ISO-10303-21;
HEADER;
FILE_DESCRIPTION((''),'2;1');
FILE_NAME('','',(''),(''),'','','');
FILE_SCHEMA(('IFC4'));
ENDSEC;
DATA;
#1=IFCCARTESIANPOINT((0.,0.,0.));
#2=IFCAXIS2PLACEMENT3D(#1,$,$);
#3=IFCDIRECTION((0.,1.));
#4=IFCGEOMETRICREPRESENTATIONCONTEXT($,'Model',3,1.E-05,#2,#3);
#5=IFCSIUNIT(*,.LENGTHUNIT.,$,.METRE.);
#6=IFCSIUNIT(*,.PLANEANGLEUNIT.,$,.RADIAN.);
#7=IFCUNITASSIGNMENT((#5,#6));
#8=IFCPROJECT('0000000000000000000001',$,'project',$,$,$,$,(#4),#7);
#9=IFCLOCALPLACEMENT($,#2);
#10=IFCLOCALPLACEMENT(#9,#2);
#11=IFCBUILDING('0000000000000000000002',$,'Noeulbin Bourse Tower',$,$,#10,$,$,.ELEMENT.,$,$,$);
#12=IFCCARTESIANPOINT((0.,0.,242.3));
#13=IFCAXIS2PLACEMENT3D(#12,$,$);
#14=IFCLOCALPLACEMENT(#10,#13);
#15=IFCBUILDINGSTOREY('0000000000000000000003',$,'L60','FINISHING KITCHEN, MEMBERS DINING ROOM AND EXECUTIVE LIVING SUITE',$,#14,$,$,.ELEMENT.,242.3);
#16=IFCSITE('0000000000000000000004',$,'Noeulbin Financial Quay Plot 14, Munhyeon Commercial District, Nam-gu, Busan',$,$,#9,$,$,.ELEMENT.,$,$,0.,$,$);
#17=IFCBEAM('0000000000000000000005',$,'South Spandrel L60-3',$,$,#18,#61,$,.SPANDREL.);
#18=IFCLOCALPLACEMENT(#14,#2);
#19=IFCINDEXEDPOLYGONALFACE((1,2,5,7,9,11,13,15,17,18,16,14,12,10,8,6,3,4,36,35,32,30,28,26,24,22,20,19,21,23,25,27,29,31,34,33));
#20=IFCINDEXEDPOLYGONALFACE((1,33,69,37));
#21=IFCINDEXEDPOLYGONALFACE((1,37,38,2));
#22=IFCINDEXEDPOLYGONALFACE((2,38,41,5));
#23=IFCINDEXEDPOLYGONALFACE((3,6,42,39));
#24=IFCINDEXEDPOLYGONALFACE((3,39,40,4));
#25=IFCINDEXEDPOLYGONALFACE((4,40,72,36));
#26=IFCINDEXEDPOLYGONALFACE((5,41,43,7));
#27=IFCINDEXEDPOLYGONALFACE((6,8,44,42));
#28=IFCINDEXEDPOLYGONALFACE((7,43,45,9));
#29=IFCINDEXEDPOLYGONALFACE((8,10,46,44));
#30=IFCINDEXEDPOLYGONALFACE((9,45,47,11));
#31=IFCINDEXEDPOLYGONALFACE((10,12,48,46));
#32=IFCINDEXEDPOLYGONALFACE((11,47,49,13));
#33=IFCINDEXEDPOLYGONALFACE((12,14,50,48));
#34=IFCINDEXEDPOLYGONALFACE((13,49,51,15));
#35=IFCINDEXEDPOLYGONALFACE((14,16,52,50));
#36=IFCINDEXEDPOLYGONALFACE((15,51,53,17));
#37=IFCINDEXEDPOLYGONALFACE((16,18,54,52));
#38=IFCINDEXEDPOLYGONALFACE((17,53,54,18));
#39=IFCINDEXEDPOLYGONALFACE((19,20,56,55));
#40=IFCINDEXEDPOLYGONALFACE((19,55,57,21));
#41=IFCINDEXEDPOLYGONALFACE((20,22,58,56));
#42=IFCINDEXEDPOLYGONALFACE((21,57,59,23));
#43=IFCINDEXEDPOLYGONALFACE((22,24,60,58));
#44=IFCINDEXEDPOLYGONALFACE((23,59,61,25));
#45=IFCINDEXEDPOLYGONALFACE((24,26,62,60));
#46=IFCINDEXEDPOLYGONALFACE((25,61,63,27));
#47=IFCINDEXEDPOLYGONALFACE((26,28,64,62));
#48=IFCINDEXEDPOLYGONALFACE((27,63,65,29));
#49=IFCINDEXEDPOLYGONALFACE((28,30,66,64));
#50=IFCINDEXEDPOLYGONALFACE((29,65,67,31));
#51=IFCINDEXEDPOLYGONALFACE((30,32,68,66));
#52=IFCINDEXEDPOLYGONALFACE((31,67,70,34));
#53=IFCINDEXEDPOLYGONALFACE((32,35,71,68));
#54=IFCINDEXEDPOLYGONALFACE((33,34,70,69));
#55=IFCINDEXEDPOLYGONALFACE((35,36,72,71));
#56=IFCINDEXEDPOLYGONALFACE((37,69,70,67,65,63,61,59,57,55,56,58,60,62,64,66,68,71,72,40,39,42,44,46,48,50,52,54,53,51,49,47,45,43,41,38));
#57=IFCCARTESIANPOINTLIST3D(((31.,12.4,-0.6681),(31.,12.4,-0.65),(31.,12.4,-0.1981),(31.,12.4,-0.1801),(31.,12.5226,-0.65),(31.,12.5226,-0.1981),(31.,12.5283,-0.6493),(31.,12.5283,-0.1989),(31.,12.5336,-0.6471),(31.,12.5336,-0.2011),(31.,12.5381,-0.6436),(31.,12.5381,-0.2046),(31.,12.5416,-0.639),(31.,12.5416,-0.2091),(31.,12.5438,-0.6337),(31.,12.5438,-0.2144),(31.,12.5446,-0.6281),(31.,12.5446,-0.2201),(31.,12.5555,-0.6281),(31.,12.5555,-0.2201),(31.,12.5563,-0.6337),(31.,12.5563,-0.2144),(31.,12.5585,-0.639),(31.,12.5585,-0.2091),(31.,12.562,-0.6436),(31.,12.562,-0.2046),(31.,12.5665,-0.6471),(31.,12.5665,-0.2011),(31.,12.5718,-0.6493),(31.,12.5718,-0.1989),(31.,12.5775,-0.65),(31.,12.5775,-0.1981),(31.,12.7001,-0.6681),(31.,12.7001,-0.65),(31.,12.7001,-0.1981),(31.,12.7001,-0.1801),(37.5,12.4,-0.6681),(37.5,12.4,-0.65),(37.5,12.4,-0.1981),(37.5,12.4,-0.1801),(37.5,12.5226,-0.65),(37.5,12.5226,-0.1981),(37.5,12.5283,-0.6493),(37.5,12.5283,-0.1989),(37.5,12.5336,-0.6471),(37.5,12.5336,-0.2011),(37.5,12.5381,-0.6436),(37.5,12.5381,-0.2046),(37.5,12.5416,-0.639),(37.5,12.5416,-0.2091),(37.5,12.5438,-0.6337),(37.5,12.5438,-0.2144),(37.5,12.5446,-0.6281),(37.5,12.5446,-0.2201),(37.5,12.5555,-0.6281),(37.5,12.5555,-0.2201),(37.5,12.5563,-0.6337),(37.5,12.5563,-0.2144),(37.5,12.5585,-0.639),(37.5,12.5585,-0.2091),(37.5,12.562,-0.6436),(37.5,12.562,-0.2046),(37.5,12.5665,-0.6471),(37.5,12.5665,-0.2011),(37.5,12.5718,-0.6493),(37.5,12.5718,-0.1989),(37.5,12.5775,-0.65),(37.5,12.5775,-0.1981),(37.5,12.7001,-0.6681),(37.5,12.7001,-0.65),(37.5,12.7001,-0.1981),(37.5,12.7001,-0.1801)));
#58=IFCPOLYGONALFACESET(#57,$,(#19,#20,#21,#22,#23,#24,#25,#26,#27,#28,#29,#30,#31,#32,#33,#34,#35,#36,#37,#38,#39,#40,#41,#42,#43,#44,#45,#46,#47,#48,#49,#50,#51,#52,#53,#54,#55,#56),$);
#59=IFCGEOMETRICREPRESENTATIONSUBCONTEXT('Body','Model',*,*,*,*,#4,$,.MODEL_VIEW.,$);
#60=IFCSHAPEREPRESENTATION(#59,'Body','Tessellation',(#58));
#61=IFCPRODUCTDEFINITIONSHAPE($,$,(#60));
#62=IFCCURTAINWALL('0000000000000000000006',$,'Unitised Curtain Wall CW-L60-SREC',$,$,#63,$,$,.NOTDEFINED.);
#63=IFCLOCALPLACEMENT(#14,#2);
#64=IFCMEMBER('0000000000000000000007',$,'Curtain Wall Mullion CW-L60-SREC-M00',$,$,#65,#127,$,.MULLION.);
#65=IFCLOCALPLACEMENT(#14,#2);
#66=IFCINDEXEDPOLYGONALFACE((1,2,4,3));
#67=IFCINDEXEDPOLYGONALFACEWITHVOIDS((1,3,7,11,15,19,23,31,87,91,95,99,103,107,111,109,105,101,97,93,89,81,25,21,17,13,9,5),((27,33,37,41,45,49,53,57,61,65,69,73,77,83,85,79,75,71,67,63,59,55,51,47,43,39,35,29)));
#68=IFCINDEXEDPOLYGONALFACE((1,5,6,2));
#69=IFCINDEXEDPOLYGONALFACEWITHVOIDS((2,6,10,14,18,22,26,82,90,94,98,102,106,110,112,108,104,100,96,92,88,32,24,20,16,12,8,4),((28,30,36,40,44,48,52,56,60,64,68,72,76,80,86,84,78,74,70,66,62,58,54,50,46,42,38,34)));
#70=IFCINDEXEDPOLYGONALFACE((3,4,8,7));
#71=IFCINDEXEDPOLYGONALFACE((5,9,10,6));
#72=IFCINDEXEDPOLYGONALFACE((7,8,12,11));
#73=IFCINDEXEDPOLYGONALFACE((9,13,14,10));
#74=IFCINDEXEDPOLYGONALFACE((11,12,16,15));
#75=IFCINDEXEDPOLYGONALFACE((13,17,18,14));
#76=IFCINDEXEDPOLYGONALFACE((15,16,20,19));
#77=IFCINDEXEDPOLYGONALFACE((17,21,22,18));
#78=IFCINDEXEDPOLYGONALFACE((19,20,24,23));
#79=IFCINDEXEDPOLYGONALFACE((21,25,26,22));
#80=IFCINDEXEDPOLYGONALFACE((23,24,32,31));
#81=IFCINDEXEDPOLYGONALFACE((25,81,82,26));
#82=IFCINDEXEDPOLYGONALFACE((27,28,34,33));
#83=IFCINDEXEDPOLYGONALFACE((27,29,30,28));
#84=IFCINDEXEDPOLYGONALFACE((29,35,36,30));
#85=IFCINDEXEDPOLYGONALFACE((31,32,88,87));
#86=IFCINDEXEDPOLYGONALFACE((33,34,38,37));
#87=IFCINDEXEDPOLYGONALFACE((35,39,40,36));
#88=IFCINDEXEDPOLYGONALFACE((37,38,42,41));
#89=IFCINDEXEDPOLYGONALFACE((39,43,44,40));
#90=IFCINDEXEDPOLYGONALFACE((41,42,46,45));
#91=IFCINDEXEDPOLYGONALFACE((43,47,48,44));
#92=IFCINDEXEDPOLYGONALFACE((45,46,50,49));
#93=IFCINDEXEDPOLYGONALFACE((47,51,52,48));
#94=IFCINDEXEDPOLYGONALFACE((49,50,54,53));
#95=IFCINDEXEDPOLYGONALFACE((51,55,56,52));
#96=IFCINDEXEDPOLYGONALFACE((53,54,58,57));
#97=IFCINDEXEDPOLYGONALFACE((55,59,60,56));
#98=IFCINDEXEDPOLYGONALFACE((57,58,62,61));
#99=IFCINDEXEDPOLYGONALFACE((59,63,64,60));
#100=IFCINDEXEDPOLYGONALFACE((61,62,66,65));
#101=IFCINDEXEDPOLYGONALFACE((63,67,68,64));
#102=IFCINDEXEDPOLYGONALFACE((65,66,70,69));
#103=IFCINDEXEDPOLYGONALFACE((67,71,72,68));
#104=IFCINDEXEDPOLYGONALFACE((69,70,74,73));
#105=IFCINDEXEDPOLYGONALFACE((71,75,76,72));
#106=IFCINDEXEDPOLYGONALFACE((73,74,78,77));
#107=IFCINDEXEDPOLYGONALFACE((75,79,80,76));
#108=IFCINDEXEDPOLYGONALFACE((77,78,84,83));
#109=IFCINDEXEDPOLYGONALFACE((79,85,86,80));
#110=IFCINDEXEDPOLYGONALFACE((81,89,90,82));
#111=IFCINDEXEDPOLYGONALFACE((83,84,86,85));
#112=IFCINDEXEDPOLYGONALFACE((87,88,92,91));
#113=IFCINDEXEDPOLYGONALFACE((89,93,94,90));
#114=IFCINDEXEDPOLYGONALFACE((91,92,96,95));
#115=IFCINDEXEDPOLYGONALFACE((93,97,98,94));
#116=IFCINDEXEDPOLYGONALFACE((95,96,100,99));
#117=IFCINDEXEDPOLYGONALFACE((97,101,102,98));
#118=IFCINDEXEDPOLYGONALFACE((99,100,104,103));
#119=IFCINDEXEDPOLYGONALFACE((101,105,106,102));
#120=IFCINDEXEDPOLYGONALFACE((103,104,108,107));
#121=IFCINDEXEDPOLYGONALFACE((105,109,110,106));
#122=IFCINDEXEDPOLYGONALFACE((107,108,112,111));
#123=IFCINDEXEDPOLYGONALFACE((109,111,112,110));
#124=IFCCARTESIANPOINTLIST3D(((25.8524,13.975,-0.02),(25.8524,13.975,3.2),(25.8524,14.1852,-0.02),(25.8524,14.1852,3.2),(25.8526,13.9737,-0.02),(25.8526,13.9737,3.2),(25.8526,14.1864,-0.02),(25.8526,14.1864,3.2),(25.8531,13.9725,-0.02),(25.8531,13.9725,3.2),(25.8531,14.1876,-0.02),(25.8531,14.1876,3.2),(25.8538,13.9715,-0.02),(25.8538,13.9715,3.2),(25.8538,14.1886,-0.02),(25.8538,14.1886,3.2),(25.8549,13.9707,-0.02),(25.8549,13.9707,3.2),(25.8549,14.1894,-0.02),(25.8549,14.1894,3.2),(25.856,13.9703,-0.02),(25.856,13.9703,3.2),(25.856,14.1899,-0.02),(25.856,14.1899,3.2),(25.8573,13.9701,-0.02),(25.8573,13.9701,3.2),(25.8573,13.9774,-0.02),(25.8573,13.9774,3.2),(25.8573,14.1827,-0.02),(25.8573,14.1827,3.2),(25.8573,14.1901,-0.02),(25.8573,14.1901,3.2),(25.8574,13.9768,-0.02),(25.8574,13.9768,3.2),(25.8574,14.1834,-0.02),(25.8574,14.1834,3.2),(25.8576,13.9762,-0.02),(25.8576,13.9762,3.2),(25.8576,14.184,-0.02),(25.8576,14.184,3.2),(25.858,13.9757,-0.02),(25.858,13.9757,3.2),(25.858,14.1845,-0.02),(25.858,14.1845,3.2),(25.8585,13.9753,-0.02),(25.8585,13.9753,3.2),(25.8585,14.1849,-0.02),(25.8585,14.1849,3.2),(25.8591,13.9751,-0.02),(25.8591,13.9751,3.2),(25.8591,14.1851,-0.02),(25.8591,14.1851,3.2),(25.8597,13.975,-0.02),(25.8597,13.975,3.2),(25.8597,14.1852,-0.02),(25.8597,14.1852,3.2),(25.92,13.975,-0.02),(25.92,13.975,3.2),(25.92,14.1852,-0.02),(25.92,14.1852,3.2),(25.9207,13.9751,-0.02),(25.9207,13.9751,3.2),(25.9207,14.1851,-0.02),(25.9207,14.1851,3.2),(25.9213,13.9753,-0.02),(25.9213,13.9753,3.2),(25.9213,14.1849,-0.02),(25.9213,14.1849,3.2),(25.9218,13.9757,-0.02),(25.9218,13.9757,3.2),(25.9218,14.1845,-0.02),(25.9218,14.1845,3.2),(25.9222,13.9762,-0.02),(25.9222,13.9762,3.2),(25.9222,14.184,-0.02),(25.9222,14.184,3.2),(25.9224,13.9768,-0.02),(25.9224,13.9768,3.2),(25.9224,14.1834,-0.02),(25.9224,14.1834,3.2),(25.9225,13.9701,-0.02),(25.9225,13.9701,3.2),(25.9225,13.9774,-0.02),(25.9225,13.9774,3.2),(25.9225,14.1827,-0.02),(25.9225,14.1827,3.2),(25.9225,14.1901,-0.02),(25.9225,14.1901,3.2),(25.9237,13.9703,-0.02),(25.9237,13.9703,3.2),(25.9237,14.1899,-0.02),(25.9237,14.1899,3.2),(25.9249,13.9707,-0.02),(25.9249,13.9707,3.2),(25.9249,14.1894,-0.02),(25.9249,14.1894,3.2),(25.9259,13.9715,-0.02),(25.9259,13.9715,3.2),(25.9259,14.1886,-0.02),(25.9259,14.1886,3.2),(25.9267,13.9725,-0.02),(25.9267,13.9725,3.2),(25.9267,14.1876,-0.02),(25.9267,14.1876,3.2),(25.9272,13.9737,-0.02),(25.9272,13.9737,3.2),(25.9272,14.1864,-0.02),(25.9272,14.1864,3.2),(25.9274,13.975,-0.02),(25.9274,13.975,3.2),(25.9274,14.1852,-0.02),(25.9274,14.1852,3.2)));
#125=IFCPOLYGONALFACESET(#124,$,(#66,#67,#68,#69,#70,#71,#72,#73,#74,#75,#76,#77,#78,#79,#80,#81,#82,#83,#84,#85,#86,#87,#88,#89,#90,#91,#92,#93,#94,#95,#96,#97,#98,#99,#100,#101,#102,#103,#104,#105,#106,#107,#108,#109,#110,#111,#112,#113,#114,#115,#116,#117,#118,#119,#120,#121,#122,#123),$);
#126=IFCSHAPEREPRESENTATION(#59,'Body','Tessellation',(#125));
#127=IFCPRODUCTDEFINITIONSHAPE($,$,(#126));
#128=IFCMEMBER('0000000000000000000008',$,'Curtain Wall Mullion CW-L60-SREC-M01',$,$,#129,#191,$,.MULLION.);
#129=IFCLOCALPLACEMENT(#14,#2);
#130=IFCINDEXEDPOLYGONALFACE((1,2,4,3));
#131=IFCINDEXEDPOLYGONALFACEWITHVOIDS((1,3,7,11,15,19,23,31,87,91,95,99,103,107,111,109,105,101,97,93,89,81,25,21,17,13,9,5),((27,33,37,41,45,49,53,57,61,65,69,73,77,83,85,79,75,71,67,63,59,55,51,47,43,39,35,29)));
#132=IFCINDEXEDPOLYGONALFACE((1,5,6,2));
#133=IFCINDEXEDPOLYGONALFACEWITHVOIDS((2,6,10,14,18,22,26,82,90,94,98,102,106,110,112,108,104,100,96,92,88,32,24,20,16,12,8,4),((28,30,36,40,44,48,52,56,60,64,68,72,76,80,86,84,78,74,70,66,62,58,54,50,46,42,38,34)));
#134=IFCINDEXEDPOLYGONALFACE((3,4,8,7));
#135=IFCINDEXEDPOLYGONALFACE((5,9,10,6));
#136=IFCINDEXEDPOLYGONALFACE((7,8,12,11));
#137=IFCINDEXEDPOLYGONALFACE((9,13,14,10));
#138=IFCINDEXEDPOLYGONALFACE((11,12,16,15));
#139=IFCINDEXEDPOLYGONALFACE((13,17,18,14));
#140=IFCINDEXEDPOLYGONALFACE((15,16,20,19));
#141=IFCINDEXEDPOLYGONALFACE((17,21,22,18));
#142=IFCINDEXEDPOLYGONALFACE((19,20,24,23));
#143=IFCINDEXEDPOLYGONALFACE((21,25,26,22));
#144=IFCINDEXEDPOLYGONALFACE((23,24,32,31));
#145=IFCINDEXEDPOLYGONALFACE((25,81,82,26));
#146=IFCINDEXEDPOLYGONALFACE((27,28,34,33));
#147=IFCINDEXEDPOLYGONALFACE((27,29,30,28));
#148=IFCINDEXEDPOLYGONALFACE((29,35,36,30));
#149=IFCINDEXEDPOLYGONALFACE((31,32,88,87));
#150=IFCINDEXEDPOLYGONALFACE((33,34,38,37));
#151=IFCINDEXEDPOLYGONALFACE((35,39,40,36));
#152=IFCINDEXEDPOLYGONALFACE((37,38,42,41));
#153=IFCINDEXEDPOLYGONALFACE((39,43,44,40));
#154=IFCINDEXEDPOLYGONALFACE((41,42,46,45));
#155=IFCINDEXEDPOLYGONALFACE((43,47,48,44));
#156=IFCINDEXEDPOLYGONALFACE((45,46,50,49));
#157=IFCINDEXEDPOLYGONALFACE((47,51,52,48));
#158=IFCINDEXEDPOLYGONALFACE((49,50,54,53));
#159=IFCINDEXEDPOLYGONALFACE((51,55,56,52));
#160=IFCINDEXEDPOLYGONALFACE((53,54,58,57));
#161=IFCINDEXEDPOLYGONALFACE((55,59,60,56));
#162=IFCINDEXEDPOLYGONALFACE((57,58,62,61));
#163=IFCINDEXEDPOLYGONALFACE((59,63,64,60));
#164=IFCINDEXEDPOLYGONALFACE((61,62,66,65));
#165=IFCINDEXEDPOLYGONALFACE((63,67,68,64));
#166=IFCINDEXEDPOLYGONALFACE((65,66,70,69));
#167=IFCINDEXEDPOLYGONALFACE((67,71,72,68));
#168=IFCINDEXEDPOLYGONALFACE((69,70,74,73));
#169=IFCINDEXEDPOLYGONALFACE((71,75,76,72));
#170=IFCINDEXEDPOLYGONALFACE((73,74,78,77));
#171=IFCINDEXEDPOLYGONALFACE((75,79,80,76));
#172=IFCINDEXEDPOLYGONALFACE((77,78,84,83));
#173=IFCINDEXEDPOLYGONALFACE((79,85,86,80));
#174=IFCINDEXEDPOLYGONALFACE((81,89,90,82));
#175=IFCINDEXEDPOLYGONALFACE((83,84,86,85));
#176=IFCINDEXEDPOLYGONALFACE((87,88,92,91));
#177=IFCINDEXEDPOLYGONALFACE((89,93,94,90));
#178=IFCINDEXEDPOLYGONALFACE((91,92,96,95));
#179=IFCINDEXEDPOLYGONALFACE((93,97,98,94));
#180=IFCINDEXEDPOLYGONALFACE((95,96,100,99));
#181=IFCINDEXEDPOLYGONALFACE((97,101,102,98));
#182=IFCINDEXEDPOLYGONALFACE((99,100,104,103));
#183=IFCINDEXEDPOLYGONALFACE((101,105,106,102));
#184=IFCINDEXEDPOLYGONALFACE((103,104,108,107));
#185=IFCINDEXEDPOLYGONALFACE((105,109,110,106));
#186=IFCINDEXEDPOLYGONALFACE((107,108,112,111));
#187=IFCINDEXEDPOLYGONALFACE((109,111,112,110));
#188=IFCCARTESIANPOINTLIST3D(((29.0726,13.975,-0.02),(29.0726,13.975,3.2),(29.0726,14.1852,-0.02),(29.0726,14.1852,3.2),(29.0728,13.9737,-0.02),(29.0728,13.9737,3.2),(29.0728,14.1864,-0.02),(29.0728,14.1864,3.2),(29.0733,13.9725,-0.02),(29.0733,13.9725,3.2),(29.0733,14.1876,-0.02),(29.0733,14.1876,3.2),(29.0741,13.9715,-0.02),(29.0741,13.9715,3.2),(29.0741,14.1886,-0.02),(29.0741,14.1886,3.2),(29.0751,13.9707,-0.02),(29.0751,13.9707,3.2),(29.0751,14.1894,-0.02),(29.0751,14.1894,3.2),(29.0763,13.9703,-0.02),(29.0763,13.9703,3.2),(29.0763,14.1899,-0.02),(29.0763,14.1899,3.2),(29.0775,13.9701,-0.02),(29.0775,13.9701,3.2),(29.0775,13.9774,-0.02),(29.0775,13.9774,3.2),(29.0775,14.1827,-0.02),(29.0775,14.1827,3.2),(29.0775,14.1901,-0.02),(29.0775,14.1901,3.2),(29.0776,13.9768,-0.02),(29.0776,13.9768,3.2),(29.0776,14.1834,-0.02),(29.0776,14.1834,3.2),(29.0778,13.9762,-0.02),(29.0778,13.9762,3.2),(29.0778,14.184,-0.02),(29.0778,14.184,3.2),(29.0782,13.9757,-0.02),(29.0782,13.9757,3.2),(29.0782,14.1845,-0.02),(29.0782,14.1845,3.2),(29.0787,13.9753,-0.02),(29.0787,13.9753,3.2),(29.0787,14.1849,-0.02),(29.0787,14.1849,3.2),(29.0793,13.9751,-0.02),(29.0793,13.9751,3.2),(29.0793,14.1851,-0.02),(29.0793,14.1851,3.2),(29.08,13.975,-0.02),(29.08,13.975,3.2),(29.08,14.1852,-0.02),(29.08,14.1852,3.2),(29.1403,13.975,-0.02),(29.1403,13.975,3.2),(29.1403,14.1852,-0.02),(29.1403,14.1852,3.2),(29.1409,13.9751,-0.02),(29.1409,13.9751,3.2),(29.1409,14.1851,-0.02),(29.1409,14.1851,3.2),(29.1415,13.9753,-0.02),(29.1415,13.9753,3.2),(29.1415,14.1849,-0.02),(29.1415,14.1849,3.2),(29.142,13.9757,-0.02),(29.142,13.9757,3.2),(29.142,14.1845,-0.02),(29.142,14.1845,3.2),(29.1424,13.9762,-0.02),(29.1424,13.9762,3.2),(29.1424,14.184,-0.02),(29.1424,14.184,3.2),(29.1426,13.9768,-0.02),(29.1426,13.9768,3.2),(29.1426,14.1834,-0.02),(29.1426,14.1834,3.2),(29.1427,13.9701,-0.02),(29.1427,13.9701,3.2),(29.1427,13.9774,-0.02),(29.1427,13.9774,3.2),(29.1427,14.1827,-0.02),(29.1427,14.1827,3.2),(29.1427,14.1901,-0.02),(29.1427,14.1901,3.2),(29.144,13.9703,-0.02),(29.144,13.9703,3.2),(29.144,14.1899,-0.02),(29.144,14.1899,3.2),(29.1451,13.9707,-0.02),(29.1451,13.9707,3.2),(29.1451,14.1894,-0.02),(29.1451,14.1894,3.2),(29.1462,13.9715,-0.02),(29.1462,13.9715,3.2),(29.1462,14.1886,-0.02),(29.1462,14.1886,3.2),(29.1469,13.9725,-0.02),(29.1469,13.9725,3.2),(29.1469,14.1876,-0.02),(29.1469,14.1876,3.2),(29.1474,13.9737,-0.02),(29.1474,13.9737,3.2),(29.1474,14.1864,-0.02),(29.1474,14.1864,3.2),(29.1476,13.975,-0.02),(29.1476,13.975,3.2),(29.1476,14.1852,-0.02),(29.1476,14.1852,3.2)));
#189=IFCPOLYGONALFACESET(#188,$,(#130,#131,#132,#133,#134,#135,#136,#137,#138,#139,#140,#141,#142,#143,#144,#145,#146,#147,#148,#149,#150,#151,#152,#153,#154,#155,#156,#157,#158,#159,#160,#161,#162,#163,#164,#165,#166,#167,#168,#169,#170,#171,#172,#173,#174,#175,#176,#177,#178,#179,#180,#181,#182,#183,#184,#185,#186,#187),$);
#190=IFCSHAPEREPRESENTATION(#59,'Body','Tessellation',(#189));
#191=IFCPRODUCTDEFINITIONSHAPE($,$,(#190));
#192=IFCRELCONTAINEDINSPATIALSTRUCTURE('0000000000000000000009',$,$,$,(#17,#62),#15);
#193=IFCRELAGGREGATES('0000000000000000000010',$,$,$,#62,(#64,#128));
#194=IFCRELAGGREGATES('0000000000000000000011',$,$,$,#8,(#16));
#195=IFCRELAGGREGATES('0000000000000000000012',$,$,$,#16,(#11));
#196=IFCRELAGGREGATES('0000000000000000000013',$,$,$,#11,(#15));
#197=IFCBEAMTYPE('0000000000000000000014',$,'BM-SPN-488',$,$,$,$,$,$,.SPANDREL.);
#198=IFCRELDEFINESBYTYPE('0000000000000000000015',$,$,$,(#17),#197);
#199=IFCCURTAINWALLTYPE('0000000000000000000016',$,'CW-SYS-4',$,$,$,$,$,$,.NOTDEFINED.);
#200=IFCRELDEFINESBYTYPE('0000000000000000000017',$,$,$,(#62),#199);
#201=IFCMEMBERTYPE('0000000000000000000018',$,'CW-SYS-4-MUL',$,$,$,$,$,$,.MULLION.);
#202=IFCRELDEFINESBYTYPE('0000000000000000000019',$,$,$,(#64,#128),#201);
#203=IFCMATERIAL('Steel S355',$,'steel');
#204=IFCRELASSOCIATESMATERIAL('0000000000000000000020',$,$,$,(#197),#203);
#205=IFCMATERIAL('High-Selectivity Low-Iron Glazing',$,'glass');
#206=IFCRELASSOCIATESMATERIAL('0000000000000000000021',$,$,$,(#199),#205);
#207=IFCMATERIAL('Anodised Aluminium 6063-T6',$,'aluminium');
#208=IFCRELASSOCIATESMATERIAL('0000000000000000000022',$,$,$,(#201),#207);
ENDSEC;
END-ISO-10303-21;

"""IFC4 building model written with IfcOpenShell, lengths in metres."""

from ifc_helpers import new_model, si_unit, direction, frame, origin, origin_2d, place, context, subcontext, project, spatial, hollow_rectangle, i_section, extrude, material, material_profile, profile_set, type_object, element, aggregate, save


model = new_model("IFC4")

# Units and contexts
model_context = context("Model", 3, precision=1e-05, world=origin(), true_north=direction((0.0, 1.0)))
body_context = subcontext(model_context, "Body", "Model", "MODEL_VIEW")
ifc_project = project(units=[si_unit("LENGTHUNIT", "METRE"), si_unit("PLANEANGLEUNIT", "RADIAN")], contexts=[model_context])

# Site, building, storey
site_placement = place(None, origin())
site = spatial("IfcSite", under=ifc_project, at=site_placement, Name="Noeulbin Financial Quay Plot 14, Munhyeon Commercial District, Nam-gu, Busan", CompositionType="ELEMENT", RefElevation=0.0)
building_placement = place(site_placement, origin())
building = spatial("IfcBuilding", under=site, at=building_placement, Name="Noeulbin Bourse Tower", CompositionType="ELEMENT")
storey_placement = place(building_placement, frame((0.0, 0.0, 242.3)))
storey = spatial("IfcBuildingStorey", under=building, at=storey_placement, Name="L60", Description="FINISHING KITCHEN, MEMBERS DINING ROOM AND EXECUTIVE LIVING SUITE", CompositionType="ELEMENT", Elevation=242.3)

# Shared definitions
ifc_material_1 = material(Name="Steel S355", Category="steel")

# Beam
ifc_material_profile_1 = material_profile(ifc_material_1, i_section(OverallWidth=0.3, OverallDepth=0.488, WebThickness=0.011, FlangeThickness=0.0181, FilletRadius=0.022, at=origin_2d()), Name="H-488x300x11x18", Category="LoadBearing")
ifc_profile_set_1 = profile_set([ifc_material_profile_1], Name="Steel S355")
beam_type_1 = type_object("IfcBeamType", Name="BM-SPN-488", PredefinedType="SPANDREL", material=ifc_profile_set_1)
beam_1_placement = place(storey_placement, frame((31.0, 12.55, -0.4241), z_axis=(1.0, 0.0, 0.0), x_axis=(0.0, 1.0, 0.0)))
element("IfcBeam", 1, at=beam_1_placement, inside=storey, type_object=beam_type_1, Name="South Spandrel L60-3", PredefinedType="SPANDREL", context=body_context, shape_type="SweptSolid", body=[
    extrude(i_section(OverallWidth=0.3, OverallDepth=0.488, WebThickness=0.011, FlangeThickness=0.0181, FilletRadius=0.022, at=origin_2d()), origin(), (0.0, 0.0, 1.0), 6.5),
])

# Curtain wall, members
ifc_material_2 = material(Name="High-Selectivity Low-Iron Glazing", Category="glass")
curtain_wall_type = type_object("IfcCurtainWallType", Name="CW-SYS-4", PredefinedType="NOTDEFINED", material=ifc_material_2)
curtain_wall_1_placement = place(storey_placement, origin())
curtain_wall_1 = element("IfcCurtainWall", 2, at=curtain_wall_1_placement, inside=storey, type_object=curtain_wall_type, Name="Unitised Curtain Wall CW-L60-SREC", PredefinedType="NOTDEFINED")
ifc_material_3 = material(Name="Anodised Aluminium 6063-T6", Category="aluminium")
ifc_material_profile_2 = material_profile(ifc_material_3, hollow_rectangle(XDim=0.075, YDim=0.22, WallThickness=0.0049, InnerFilletRadius=0.0024, OuterFilletRadius=0.0049, at=origin_2d()), Name="ALU-MULL-75x220x5", Category="LoadBearing")
ifc_profile_set_2 = profile_set([ifc_material_profile_2], Name="Anodised Aluminium 6063-T6")
member_type_1 = type_object("IfcMemberType", Name="CW-SYS-4-MUL", PredefinedType="MULLION", material=ifc_profile_set_2)
member_1_placement = place(storey_placement, frame((25.8899, 14.0801, -0.02), z_axis=(0.0, 0.0, 1.0), x_axis=(1.0, 0.0, 0.0)))
member_1 = element("IfcMember", 3, at=member_1_placement, type_object=member_type_1, Name="Curtain Wall Mullion CW-L60-SREC-M00", PredefinedType="MULLION", context=body_context, shape_type="SweptSolid", body=[
    extrude(hollow_rectangle(XDim=0.075, YDim=0.22, WallThickness=0.0049, InnerFilletRadius=0.0024, OuterFilletRadius=0.0049, at=origin_2d()), origin(), (0.0, 0.0, 1.0), 3.22),
])
member_2_placement = place(storey_placement, frame((29.1101, 14.0801, -0.02), z_axis=(0.0, 0.0, 1.0), x_axis=(1.0, 0.0, 0.0)))
member_2 = element("IfcMember", 4, at=member_2_placement, type_object=member_type_1, Name="Curtain Wall Mullion CW-L60-SREC-M01", PredefinedType="MULLION", context=body_context, shape_type="SweptSolid", body=[
    extrude(hollow_rectangle(XDim=0.075, YDim=0.22, WallThickness=0.0049, InnerFilletRadius=0.0024, OuterFilletRadius=0.0049, at=origin_2d()), origin(), (0.0, 0.0, 1.0), 3.22),
])

aggregate(curtain_wall_1, [member_1, member_2])

save(model, "model.ifc")
